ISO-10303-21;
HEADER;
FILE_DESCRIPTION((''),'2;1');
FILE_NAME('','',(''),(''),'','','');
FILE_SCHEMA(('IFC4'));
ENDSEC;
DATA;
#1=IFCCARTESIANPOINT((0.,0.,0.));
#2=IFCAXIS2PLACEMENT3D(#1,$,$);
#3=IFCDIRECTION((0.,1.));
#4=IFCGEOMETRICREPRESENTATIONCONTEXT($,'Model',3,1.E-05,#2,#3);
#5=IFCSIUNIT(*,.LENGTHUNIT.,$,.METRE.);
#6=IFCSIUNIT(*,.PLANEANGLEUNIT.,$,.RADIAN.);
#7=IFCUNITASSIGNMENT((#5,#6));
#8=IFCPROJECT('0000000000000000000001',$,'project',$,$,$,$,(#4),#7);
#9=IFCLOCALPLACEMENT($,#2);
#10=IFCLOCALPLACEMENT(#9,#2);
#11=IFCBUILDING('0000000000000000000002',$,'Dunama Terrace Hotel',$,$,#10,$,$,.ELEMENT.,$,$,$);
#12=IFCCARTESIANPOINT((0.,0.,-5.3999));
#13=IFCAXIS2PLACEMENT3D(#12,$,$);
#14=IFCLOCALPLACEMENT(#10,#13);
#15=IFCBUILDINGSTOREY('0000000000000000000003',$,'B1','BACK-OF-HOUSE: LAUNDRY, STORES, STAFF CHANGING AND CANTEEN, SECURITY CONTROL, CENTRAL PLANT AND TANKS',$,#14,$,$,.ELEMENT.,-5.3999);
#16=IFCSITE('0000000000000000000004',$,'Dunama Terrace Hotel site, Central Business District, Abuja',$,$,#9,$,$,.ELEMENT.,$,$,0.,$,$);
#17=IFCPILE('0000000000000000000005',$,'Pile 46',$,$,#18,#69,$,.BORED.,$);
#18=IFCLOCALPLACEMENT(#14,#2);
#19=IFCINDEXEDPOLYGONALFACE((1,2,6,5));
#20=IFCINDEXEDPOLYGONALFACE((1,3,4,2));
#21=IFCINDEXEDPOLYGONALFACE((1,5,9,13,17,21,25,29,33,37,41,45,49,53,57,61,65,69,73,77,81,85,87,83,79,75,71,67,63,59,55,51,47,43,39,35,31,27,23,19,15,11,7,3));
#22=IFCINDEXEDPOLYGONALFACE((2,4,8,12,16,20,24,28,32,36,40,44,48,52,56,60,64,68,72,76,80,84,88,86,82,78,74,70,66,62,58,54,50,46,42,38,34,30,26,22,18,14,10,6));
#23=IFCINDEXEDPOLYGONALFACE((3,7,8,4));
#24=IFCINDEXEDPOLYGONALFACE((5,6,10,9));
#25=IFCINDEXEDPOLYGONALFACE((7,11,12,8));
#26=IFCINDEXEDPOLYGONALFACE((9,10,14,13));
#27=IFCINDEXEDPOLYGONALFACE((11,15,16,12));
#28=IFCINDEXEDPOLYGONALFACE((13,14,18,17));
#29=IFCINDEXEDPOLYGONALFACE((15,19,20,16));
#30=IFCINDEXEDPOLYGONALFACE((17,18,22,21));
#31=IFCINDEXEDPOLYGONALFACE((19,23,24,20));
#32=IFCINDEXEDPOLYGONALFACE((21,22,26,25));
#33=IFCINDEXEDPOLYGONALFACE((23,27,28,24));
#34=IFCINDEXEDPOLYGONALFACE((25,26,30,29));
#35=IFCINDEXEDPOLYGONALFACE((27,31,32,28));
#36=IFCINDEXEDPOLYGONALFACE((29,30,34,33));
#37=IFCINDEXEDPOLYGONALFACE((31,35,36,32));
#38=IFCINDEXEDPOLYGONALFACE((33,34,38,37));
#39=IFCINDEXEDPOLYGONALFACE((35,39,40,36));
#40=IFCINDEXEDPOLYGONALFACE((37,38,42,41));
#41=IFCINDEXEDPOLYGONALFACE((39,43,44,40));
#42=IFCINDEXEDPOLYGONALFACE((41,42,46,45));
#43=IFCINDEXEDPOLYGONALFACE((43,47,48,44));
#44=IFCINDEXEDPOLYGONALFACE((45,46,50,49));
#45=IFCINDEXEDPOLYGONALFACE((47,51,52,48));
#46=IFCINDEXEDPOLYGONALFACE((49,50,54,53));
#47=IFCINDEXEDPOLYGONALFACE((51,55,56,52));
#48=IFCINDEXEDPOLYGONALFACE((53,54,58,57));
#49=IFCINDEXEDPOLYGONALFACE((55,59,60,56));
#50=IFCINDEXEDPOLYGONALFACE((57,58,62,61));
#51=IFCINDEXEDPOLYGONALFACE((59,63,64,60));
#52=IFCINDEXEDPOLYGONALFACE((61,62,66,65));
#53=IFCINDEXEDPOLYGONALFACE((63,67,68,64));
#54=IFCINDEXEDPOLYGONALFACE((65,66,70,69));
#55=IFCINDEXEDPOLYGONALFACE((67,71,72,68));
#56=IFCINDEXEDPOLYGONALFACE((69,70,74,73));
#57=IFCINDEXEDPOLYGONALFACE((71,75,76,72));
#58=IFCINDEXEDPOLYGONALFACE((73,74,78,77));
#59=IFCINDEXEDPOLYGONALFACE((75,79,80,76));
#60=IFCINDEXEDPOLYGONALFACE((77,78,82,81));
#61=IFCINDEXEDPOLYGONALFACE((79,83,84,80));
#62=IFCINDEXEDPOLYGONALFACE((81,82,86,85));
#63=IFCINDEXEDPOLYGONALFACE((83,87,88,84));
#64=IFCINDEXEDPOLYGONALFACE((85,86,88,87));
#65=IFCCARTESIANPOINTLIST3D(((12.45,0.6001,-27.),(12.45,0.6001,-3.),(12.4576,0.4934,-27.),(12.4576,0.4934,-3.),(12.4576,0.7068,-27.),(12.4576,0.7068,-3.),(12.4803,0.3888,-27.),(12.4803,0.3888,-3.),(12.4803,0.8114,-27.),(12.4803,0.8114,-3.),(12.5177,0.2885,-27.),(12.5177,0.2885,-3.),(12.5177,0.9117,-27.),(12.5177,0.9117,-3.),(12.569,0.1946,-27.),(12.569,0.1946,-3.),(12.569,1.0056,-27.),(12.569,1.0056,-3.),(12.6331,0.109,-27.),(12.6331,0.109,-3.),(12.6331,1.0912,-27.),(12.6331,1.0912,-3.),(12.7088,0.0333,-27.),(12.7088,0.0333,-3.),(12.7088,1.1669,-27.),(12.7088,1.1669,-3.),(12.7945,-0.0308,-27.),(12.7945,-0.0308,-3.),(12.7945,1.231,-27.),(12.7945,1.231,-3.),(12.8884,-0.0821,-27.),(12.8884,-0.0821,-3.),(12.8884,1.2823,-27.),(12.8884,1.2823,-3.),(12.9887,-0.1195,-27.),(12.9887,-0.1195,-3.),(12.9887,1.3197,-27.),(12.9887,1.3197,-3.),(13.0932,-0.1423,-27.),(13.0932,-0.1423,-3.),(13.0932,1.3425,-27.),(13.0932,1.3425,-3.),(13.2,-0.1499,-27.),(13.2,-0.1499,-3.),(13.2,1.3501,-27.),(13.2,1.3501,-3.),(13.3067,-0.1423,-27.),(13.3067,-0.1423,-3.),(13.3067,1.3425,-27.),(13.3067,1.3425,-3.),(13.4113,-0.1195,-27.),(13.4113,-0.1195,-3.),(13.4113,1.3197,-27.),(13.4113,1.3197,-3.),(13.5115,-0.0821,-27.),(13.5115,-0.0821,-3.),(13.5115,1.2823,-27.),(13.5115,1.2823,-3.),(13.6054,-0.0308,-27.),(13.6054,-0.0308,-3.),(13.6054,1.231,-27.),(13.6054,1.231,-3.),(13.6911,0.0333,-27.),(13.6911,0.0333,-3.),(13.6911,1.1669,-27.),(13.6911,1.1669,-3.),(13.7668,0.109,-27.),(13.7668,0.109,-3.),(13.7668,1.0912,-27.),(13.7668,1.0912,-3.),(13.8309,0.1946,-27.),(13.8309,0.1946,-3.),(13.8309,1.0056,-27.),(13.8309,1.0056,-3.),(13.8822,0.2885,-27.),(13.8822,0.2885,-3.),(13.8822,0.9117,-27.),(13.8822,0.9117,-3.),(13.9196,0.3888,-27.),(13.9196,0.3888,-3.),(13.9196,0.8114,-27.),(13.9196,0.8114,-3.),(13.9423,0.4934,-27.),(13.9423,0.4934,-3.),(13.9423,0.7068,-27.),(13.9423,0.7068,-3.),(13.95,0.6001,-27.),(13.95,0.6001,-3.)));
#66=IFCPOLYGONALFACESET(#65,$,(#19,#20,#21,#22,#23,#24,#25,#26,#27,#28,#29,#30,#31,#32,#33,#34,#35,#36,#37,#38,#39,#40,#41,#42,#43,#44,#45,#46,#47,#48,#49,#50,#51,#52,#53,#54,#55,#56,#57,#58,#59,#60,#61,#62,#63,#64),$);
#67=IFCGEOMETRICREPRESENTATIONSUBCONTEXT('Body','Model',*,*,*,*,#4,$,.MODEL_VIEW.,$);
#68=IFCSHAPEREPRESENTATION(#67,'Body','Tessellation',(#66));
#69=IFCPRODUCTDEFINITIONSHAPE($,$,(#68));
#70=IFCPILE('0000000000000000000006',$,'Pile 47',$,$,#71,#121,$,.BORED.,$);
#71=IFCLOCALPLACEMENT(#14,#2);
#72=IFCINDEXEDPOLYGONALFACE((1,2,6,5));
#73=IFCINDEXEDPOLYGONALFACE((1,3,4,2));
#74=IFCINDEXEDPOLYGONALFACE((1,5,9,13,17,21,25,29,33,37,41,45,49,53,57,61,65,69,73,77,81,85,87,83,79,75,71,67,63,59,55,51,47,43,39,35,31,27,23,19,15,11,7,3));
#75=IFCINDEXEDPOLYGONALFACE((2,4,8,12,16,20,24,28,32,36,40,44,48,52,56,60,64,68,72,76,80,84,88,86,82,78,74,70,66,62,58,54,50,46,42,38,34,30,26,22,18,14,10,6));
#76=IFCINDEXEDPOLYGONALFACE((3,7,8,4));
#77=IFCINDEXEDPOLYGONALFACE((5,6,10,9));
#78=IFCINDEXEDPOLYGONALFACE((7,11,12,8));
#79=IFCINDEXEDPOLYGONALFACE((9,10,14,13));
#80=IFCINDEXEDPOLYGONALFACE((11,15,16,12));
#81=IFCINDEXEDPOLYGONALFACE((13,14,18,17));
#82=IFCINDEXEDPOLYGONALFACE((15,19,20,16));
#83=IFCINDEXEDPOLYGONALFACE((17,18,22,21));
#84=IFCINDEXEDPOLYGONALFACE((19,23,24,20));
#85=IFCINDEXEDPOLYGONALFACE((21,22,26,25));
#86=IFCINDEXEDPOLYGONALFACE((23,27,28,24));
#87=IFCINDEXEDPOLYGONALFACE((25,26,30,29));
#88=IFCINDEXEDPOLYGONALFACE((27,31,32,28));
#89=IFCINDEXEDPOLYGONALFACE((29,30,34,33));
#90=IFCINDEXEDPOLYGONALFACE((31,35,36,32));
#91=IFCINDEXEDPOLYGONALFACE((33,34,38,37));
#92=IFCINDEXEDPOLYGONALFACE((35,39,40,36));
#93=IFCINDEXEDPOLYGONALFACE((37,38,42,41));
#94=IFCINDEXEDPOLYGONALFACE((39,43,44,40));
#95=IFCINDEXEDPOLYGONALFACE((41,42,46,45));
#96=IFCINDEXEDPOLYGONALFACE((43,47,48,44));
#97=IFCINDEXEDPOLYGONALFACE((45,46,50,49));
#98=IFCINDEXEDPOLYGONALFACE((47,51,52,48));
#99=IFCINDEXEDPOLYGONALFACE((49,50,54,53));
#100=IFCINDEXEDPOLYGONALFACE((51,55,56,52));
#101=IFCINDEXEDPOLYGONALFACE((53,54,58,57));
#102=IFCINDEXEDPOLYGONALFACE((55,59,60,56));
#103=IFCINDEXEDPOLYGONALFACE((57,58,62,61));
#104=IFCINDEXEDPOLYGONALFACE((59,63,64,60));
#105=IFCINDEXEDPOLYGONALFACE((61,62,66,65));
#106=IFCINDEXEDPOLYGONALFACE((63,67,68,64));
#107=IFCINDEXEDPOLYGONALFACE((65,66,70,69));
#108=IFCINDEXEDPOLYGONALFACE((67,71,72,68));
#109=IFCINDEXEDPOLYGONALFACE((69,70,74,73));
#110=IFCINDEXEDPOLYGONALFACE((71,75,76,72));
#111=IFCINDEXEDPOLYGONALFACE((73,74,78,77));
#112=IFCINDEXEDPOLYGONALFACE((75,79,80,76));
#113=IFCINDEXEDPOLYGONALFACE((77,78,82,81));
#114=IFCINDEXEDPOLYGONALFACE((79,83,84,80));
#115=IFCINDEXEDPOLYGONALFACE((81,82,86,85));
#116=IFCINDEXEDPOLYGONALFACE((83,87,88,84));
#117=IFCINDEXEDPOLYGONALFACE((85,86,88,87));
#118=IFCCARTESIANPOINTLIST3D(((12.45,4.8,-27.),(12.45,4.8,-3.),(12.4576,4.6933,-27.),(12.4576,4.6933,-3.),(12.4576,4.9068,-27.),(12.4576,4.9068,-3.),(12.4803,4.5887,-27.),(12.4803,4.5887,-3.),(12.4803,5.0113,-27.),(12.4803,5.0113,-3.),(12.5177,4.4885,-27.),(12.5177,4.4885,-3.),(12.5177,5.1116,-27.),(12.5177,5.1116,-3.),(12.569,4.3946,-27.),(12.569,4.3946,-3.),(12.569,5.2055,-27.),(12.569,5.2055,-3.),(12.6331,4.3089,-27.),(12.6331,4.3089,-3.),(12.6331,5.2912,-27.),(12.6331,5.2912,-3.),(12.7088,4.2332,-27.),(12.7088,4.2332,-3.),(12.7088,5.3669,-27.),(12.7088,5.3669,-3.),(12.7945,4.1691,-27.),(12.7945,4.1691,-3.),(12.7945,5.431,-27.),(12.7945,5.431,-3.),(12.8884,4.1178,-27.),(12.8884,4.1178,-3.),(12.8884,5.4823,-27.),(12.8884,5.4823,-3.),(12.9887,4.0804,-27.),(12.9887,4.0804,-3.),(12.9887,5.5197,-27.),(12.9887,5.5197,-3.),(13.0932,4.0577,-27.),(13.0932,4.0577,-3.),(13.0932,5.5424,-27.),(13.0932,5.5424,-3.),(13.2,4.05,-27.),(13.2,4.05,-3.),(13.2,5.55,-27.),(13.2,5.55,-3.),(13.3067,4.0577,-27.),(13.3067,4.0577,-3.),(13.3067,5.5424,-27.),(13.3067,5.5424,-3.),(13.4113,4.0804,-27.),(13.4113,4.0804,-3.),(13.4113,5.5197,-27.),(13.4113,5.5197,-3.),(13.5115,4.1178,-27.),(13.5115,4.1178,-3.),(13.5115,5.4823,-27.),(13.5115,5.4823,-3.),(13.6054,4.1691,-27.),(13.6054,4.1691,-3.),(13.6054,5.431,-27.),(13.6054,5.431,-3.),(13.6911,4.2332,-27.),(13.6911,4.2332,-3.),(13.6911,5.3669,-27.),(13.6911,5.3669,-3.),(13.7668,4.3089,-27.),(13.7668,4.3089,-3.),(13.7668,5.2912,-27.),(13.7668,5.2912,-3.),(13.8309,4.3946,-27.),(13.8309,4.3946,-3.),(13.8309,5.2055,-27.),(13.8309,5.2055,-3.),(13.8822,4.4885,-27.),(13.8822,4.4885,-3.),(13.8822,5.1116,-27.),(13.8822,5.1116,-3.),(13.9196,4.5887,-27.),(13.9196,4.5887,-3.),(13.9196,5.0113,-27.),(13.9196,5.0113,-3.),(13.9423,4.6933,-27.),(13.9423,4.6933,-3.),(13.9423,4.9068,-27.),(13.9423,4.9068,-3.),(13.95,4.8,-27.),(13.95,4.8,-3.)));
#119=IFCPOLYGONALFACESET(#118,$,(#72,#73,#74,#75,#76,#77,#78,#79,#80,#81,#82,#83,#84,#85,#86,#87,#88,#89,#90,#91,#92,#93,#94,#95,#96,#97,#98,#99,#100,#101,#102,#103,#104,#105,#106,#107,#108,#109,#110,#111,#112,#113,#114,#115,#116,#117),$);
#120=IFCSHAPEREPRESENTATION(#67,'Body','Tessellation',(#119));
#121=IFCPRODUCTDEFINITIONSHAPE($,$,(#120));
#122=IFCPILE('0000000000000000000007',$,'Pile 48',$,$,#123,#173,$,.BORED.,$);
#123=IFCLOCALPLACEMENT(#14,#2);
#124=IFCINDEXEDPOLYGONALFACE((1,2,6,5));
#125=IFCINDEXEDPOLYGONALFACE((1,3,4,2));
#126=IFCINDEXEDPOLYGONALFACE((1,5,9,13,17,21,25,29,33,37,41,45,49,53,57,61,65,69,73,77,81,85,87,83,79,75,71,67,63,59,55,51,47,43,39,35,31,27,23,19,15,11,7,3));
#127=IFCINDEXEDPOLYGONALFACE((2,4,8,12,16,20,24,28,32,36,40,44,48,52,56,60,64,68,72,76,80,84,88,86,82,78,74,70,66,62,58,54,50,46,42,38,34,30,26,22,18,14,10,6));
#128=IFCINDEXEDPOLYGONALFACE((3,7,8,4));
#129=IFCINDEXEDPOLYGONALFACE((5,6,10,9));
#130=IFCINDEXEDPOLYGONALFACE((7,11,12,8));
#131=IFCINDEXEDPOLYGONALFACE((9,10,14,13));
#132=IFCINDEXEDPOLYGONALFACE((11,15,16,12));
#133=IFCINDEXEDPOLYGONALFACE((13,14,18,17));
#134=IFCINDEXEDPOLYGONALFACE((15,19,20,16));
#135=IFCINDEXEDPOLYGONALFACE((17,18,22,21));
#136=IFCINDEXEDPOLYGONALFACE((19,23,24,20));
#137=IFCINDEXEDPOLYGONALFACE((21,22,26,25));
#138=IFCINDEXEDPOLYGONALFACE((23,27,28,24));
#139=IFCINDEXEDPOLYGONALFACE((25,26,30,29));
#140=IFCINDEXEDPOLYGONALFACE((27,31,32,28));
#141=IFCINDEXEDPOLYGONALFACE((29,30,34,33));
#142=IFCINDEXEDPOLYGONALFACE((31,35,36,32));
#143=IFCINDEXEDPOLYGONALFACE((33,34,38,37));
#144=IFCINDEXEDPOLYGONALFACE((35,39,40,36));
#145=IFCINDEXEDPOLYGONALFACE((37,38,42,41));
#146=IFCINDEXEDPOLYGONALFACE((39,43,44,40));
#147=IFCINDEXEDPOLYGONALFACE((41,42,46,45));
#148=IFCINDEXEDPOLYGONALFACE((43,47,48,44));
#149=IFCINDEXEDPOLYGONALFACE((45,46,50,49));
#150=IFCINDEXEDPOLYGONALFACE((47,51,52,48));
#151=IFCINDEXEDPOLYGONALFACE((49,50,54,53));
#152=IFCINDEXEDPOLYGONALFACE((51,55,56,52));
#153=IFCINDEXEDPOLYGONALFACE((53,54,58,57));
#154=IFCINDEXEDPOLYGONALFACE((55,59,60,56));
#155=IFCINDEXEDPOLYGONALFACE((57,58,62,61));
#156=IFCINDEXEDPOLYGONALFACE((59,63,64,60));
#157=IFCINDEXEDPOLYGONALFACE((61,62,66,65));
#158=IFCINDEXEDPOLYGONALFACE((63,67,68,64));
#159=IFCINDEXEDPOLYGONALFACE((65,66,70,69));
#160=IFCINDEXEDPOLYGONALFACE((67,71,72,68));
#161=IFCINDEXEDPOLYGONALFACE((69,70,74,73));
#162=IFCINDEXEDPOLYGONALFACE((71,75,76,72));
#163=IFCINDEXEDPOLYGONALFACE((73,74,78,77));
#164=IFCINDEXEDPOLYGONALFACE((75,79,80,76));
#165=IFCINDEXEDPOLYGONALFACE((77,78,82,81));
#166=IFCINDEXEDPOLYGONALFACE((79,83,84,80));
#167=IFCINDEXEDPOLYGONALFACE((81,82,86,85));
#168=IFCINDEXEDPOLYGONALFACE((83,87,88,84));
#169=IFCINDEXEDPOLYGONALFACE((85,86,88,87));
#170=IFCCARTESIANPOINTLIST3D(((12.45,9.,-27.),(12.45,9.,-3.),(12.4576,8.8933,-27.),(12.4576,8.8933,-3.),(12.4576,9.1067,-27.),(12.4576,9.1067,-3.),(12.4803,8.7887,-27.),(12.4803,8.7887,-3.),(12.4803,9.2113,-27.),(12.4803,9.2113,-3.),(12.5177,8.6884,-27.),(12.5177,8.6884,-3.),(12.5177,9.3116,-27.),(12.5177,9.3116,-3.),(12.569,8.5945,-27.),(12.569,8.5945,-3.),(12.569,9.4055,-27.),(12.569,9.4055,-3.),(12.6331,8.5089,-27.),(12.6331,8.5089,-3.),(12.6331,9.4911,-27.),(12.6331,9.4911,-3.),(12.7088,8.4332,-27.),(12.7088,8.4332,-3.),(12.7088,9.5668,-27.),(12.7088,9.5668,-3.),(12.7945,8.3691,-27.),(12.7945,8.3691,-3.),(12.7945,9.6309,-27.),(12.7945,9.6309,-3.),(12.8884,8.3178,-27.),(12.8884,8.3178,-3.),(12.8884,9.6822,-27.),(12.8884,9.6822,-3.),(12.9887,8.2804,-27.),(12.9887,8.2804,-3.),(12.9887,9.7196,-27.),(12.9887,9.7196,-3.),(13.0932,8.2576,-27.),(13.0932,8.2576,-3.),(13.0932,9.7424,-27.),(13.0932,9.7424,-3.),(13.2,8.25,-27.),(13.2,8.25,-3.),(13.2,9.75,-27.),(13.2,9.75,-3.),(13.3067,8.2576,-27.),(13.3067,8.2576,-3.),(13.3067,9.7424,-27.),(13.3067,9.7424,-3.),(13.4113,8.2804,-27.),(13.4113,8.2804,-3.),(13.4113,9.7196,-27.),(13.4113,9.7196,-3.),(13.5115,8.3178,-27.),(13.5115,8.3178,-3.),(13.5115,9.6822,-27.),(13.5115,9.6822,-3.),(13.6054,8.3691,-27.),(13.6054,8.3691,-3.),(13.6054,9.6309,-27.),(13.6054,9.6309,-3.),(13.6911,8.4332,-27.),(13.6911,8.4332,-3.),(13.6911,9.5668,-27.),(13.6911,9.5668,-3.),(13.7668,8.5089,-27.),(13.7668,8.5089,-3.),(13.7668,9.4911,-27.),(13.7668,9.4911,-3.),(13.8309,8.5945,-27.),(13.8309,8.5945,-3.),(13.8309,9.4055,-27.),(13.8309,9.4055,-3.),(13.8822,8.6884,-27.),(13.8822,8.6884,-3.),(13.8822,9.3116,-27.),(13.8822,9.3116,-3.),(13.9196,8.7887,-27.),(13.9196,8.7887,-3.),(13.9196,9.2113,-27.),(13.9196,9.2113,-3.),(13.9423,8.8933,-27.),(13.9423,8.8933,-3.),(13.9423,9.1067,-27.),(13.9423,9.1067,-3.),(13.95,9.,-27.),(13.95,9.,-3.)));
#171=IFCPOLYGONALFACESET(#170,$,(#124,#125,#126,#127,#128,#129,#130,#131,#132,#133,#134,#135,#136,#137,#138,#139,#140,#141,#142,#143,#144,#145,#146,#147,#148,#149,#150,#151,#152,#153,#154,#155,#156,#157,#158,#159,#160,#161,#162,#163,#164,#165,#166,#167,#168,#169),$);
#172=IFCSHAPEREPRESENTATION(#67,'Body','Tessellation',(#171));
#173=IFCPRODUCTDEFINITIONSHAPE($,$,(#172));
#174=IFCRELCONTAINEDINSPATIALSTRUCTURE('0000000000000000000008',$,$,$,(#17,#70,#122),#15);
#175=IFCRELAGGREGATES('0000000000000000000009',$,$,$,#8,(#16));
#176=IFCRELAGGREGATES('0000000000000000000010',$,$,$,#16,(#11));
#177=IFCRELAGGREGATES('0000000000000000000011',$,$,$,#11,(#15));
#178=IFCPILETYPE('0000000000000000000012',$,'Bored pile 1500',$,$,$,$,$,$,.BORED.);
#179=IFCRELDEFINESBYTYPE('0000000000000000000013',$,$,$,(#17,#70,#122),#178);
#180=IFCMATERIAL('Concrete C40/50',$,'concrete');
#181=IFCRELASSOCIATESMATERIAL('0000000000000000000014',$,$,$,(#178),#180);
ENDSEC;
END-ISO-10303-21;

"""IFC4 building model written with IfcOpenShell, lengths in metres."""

from ifc_helpers import new_model, si_unit, direction, frame, origin, origin_2d, place, context, subcontext, project, spatial, circle, extrude, material, material_profile, profile_set, type_object, element, save


model = new_model("IFC4")

# Units and contexts
model_context = context("Model", 3, precision=1e-05, world=origin(), true_north=direction((0.0, 1.0)))
body_context = subcontext(model_context, "Body", "Model", "MODEL_VIEW")
ifc_project = project(units=[si_unit("LENGTHUNIT", "METRE"), si_unit("PLANEANGLEUNIT", "RADIAN")], contexts=[model_context])

# Site, building, storey
site_placement = place(None, origin())
site = spatial("IfcSite", under=ifc_project, at=site_placement, Name="Dunama Terrace Hotel site, Central Business District, Abuja", CompositionType="ELEMENT", RefElevation=0.0)
building_placement = place(site_placement, origin())
building = spatial("IfcBuilding", under=site, at=building_placement, Name="Dunama Terrace Hotel", CompositionType="ELEMENT")
storey_placement = place(building_placement, frame((0.0, 0.0, -5.3999)))
storey = spatial("IfcBuildingStorey", under=building, at=storey_placement, Name="B1", Description="BACK-OF-HOUSE: LAUNDRY, STORES, STAFF CHANGING AND CANTEEN, SECURITY CONTROL, CENTRAL PLANT AND TANKS", CompositionType="ELEMENT", Elevation=-5.3999)

# Piles
ifc_material_1 = material(Name="Concrete C40/50", Category="concrete")
ifc_material_profile_1 = material_profile(ifc_material_1, circle(Radius=0.75, at=origin_2d()), Name="PILE D1500")
ifc_profile_set_1 = profile_set([ifc_material_profile_1], Name="Concrete C40/50")
pile_type = type_object("IfcPileType", Name="Bored pile 1500", PredefinedType="BORED", material=ifc_profile_set_1)
for number, where, z_axis, x_axis, name in (
    (1, (13.2, 0.6001, -3.0), (0.0, 0.0, -1.0), (1.0, 0.0, 0.0), "Pile 46"),
    (2, (13.2, 4.8, -3.0), (0.0, 0.0, -1.0), (1.0, 0.0, 0.0), "Pile 47"),
    (3, (13.2, 9.0, -3.0), (0.0, 0.0, -1.0), (1.0, 0.0, 0.0), "Pile 48"),
):
    element("IfcPile", number, at=place(storey_placement, frame(where, z_axis=z_axis, x_axis=x_axis)), inside=storey, type_object=pile_type, Name=name, PredefinedType="BORED", context=body_context, shape_type="SweptSolid", body=[
        extrude(circle(Radius=0.75, at=origin_2d()), origin(), (0.0, 0.0, 1.0), 24.0),
    ])

save(model, "model.ifc")
